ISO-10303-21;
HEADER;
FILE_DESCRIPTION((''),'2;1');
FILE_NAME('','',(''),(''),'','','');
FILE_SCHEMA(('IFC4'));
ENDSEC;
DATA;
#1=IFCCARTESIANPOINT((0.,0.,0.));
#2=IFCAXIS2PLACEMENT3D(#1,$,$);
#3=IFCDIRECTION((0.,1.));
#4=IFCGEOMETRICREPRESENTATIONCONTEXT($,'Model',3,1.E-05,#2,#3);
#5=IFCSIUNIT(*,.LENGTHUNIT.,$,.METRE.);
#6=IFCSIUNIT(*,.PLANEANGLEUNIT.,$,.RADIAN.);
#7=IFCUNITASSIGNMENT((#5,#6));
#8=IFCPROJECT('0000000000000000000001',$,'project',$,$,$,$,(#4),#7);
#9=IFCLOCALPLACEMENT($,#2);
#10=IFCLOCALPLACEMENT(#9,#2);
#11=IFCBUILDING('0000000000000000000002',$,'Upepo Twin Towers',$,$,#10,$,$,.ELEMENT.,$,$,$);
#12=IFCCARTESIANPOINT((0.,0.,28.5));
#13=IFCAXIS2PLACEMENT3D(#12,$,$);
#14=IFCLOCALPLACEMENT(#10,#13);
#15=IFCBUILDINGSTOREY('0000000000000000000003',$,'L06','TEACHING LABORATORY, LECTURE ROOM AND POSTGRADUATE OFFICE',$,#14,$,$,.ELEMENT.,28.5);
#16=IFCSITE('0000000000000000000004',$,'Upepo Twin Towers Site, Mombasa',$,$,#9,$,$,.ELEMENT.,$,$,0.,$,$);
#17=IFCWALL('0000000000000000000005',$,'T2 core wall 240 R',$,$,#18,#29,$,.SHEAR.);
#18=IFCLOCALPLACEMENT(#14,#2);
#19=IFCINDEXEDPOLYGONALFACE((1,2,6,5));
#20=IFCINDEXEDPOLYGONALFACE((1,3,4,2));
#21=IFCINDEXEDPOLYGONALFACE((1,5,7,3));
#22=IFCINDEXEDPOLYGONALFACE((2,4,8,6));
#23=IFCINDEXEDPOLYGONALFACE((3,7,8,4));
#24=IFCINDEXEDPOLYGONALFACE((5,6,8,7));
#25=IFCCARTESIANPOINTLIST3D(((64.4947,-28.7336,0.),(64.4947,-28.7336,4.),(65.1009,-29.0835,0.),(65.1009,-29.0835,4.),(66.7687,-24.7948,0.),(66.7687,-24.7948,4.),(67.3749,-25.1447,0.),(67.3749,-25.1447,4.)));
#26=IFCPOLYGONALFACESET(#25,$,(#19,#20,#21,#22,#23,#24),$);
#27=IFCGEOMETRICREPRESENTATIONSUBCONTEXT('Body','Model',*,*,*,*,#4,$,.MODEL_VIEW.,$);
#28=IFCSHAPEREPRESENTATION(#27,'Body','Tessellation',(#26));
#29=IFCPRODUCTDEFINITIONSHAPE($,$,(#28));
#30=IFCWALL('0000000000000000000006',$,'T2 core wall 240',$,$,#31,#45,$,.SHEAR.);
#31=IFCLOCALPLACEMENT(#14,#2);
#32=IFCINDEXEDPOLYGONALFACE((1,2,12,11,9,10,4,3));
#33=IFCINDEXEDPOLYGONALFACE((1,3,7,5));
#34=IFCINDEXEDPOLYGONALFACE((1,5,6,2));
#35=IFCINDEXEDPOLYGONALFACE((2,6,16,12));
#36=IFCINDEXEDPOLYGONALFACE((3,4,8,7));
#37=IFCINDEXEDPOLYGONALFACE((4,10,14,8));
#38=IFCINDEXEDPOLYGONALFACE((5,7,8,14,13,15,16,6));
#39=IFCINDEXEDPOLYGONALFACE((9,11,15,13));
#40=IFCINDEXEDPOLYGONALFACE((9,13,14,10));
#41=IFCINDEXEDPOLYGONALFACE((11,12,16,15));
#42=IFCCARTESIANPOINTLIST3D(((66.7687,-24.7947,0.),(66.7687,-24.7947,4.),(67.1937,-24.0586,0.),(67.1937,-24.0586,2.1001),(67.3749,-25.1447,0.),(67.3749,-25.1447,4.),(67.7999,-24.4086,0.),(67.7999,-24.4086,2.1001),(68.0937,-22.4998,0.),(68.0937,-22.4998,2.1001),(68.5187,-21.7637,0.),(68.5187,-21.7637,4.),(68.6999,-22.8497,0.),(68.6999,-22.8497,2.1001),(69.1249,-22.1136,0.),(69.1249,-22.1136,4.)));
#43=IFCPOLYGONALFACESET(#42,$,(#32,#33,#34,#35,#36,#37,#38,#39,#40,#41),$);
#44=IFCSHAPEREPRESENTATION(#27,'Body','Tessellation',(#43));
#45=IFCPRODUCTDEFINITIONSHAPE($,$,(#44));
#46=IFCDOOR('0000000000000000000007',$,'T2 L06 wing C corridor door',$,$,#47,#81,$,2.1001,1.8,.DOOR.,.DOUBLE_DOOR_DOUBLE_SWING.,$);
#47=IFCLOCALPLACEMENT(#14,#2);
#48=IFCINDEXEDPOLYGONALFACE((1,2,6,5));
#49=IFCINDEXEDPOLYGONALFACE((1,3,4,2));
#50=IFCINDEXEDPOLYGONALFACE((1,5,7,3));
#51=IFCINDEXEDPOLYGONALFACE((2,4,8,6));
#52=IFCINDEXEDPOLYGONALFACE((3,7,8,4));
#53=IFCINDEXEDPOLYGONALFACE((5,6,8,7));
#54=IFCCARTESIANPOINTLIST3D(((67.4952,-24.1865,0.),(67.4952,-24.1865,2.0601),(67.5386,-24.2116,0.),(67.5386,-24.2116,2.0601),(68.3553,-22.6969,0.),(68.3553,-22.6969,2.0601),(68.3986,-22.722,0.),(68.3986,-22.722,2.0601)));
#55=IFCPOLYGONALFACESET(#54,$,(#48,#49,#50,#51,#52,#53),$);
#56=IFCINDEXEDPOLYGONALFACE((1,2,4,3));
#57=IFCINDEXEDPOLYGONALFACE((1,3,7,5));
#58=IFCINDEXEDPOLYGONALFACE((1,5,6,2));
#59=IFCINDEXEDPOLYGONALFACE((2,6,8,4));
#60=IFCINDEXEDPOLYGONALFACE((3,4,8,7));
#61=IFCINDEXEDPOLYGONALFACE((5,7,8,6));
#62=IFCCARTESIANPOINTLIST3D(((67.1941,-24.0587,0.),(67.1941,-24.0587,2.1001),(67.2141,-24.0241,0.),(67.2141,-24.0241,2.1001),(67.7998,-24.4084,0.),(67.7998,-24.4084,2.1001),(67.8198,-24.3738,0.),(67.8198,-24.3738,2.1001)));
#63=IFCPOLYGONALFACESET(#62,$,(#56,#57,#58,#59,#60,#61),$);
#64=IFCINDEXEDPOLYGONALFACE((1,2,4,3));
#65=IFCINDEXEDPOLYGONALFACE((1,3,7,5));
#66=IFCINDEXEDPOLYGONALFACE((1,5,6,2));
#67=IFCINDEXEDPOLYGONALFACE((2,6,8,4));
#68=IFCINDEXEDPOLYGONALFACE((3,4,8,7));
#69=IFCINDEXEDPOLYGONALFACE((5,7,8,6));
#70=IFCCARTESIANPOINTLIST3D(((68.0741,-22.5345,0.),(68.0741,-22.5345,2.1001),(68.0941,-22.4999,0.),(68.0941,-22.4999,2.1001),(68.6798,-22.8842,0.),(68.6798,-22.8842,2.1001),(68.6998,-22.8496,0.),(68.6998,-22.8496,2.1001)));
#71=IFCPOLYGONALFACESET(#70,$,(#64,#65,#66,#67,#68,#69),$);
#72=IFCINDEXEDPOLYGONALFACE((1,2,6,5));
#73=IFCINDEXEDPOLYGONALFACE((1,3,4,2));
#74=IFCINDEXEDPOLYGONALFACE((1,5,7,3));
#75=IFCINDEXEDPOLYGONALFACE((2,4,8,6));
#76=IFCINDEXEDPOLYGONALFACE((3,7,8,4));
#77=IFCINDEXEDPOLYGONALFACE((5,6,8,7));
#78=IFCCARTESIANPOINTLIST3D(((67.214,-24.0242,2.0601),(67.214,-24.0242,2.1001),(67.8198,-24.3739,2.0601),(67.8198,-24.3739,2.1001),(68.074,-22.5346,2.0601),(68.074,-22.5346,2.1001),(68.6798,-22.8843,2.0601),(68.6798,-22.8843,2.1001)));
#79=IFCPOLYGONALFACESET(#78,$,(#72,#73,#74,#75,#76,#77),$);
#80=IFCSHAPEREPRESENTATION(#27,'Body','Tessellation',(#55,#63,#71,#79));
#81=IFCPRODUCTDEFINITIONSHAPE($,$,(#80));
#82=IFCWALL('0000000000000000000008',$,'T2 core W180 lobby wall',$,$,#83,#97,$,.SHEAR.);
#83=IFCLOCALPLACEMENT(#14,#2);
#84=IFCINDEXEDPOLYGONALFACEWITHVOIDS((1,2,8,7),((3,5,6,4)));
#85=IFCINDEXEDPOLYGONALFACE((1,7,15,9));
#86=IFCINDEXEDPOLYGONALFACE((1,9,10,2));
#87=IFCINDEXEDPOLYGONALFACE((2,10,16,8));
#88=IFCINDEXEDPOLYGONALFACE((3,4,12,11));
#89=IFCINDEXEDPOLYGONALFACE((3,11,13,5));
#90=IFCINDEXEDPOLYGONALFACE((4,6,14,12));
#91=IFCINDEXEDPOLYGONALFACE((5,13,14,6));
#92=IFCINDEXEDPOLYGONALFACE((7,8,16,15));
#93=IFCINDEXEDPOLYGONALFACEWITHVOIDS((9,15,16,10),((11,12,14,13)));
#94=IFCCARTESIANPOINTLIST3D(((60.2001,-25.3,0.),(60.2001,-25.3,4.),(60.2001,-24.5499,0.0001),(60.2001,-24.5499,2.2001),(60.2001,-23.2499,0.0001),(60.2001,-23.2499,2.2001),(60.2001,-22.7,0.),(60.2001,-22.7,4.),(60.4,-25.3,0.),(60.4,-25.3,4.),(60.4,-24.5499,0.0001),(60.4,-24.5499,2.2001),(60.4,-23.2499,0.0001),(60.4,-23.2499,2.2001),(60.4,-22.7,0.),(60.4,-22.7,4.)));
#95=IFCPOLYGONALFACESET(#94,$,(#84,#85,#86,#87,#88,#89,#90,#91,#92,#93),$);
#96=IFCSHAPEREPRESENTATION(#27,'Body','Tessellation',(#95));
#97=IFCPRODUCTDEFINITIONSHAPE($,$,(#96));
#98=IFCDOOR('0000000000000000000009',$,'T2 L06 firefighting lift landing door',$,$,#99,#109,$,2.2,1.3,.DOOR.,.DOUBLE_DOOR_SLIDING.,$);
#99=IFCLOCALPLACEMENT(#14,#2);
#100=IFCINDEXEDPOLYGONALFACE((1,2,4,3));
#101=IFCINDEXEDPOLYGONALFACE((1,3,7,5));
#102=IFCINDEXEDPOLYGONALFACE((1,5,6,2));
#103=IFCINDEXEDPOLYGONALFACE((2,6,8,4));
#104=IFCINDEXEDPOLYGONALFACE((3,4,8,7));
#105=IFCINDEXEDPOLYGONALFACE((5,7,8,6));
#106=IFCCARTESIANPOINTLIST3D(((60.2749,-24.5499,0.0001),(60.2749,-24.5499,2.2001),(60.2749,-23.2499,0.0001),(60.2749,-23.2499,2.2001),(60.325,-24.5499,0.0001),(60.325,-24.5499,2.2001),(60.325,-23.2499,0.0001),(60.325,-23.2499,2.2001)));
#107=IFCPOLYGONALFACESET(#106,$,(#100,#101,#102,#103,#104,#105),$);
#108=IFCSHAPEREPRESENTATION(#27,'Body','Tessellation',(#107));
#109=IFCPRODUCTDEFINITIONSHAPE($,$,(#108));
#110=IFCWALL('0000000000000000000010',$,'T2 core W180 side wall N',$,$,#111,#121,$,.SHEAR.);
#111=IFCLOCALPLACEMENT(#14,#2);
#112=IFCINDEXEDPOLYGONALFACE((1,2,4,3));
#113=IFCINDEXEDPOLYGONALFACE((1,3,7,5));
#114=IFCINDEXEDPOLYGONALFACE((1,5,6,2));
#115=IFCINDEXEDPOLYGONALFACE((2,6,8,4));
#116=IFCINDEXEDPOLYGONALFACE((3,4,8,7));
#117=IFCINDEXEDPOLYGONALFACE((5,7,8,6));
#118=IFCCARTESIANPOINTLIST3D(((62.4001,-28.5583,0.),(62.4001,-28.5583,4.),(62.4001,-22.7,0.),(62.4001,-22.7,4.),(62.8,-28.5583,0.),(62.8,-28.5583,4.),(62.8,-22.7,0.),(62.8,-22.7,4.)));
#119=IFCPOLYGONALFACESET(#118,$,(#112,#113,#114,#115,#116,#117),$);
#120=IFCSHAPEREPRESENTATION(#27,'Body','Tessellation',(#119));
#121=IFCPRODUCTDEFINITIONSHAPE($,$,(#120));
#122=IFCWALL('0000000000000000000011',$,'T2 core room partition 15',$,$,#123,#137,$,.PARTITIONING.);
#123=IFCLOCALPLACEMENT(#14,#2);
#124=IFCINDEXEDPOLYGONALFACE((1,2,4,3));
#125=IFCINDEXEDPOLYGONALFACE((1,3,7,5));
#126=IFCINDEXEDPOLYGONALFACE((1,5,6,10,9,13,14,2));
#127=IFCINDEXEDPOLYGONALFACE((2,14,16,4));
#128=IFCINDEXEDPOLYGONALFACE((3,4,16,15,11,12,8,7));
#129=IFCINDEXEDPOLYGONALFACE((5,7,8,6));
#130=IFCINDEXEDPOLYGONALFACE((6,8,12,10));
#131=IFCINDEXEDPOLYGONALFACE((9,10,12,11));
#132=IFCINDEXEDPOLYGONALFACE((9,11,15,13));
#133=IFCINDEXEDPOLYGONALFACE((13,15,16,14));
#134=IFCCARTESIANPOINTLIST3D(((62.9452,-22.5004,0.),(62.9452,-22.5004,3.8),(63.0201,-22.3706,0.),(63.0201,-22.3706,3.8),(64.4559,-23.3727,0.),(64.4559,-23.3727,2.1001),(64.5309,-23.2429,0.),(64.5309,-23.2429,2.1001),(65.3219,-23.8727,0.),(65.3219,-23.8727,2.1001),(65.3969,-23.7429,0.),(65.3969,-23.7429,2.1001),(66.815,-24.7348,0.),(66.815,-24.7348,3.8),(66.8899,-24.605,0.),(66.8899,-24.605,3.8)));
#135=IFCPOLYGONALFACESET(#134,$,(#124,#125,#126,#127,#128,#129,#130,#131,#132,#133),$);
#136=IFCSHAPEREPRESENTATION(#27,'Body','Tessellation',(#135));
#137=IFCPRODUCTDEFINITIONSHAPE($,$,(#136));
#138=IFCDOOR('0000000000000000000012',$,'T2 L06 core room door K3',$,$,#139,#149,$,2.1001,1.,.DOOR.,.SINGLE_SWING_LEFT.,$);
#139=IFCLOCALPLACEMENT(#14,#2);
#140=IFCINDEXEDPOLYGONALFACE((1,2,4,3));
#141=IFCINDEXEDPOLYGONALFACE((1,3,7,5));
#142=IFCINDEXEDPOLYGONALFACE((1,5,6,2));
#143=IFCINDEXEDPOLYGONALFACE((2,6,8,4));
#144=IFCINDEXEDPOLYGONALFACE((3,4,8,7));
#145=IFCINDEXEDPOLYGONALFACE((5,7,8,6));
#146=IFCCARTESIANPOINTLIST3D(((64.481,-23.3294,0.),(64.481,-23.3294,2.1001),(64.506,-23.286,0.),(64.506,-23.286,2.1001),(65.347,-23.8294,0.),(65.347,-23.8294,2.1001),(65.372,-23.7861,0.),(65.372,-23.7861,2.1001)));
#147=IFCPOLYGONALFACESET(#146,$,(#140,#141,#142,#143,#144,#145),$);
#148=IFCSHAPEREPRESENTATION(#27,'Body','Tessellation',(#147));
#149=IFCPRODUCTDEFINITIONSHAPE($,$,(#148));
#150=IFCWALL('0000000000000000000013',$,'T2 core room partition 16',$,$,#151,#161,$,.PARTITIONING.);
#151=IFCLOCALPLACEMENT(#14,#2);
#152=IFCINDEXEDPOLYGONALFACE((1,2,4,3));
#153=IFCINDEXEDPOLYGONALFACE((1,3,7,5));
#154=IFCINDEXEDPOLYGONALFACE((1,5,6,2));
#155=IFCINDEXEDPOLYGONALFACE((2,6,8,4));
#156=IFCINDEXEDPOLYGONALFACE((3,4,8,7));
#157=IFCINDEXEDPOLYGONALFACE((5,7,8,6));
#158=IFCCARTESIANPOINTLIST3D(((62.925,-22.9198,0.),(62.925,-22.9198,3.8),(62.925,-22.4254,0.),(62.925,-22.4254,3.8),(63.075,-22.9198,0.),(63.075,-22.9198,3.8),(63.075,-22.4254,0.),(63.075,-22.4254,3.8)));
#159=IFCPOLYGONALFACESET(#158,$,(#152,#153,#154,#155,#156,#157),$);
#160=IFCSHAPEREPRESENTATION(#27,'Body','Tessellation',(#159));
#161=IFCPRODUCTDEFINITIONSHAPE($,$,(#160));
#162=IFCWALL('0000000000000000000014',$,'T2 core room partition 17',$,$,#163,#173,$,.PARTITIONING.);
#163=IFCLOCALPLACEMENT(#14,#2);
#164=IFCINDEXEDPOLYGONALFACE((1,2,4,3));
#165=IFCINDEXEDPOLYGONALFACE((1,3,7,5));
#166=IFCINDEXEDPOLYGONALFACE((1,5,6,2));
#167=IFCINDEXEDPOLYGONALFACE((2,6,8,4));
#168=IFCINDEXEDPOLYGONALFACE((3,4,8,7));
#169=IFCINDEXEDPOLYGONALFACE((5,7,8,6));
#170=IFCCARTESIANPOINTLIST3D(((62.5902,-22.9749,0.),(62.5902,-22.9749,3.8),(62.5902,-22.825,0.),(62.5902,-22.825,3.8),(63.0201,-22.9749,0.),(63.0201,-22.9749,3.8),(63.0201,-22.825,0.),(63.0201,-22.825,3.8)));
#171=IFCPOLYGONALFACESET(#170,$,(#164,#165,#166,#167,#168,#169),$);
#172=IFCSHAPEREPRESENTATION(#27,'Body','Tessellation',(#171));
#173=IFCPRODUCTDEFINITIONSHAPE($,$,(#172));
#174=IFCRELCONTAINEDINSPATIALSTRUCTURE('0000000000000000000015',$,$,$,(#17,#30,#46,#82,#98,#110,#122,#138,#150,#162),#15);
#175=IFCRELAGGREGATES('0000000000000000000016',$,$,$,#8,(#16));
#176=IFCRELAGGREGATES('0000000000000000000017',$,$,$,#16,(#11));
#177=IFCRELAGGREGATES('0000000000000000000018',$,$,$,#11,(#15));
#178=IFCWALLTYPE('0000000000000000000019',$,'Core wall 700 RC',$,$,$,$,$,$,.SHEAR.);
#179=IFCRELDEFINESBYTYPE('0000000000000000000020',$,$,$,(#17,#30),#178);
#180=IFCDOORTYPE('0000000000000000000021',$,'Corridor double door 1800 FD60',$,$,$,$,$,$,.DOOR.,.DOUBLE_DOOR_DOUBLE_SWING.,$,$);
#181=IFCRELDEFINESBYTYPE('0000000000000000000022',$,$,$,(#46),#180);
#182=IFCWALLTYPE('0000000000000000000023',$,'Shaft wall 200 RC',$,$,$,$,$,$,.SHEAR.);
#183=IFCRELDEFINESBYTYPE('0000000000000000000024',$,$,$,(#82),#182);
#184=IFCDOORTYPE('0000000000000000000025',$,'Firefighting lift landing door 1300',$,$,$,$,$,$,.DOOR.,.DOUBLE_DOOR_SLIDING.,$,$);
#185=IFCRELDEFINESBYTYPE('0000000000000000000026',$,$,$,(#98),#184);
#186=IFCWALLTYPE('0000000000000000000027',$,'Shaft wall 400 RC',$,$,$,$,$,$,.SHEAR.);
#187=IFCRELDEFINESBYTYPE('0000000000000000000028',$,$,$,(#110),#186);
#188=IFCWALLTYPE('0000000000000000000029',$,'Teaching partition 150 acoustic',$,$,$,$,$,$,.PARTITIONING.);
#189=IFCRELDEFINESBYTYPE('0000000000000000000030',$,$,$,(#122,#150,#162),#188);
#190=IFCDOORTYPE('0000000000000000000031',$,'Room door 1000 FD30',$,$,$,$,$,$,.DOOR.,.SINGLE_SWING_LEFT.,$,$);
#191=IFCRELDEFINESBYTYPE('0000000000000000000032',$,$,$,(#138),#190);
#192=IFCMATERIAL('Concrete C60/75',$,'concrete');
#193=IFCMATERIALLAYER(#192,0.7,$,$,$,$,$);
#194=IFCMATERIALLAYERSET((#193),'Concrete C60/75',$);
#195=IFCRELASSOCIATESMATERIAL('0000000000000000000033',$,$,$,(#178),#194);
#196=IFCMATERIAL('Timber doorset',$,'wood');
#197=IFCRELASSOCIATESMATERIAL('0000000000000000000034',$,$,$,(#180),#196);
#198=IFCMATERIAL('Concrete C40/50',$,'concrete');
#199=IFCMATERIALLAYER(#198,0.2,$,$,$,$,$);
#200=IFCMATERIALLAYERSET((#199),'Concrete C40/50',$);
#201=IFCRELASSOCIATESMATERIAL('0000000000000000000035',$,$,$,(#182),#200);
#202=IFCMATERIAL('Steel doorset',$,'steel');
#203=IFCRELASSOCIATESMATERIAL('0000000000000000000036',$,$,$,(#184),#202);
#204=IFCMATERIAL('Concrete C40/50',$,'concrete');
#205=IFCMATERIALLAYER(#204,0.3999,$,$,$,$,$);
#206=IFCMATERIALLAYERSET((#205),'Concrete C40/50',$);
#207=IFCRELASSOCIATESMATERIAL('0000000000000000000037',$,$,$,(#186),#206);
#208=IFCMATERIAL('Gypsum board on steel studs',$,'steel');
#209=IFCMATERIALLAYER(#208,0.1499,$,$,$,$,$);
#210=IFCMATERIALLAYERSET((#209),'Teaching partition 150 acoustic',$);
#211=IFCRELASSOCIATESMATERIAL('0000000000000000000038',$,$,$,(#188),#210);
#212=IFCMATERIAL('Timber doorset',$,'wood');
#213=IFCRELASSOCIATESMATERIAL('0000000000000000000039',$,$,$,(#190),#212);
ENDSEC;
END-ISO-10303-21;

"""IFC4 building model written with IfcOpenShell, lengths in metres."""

from ifc_helpers import new_model, si_unit, direction, frame, frame_2d, origin, place, context, subcontext, project, spatial, rectangle, extrude, material, layer, layer_set, type_object, element, fill, save


model = new_model("IFC4")

# Units and contexts
model_context = context("Model", 3, precision=1e-05, world=origin(), true_north=direction((0.0, 1.0)))
body_context = subcontext(model_context, "Body", "Model", "MODEL_VIEW")
ifc_project = project(units=[si_unit("LENGTHUNIT", "METRE"), si_unit("PLANEANGLEUNIT", "RADIAN")], contexts=[model_context])

# Site, building, storey
site_placement = place(None, origin())
site = spatial("IfcSite", under=ifc_project, at=site_placement, Name="Upepo Twin Towers Site, Mombasa", CompositionType="ELEMENT", RefElevation=0.0)
building_placement = place(site_placement, origin())
building = spatial("IfcBuilding", under=site, at=building_placement, Name="Upepo Twin Towers", CompositionType="ELEMENT")
storey_placement = place(building_placement, frame((0.0, 0.0, 28.5)))
storey = spatial("IfcBuildingStorey", under=building, at=storey_placement, Name="L06", Description="TEACHING LABORATORY, LECTURE ROOM AND POSTGRADUATE OFFICE", CompositionType="ELEMENT", Elevation=28.5)

# Wall
ifc_material_1 = material(Name="Concrete C60/75", Category="concrete")
ifc_layer_1 = layer(ifc_material_1, 0.7)
ifc_layer_set_1 = layer_set([ifc_layer_1], Name="Concrete C60/75")
wall_type_1 = type_object("IfcWallType", Name="Core wall 700 RC", PredefinedType="SHEAR", material=ifc_layer_set_1)
wall_1_placement = place(storey_placement, frame((64.7979, -28.9084, 0.0), z_axis=(0.0, 0.0, 1.0), x_axis=(0.499984, 0.866035, 0.0)))
element("IfcWall", 1, at=wall_1_placement, inside=storey, type_object=wall_type_1, Name="T2 core wall 240 R", PredefinedType="SHEAR", context=body_context, shape_type="SweptSolid", body=[
    extrude(rectangle(XDim=4.5481, YDim=0.7, at=frame_2d((2.2739, 0.0))), origin(), (0.0, 0.0, 1.0), 4.0),
])

# Walls, openings, doors
wall_2_placement = place(storey_placement, frame((67.0718, -24.9697, 0.0), z_axis=(0.0, 0.0, 1.0), x_axis=(0.50001, 0.866019, 0.0)))
wall_2 = element("IfcWall", 2, at=wall_2_placement, inside=storey, type_object=wall_type_1, Name="T2 core wall 240", PredefinedType="SHEAR", context=body_context, shape_type="SweptSolid", body=[
    extrude(rectangle(XDim=3.5, YDim=0.7, at=frame_2d((1.75, 0.0))), origin(), (0.0, 0.0, 1.0), 4.0),
])
opening_1_placement = place(wall_2_placement, frame((0.8501, 0.0, 0.0)))
opening_1 = element("IfcOpeningElement", 3, at=opening_1_placement, cuts=wall_2, PredefinedType="OPENING", context=body_context, shape_type="SweptSolid", body=[
    extrude(rectangle(XDim=1.8, YDim=2.1001, at=frame_2d((0.8999, 1.05))), frame((0.0, 0.3599, 0.0), z_axis=(0.0, -1.0, 0.0), x_axis=(1.0, 0.0, 0.0)), (0.0, 0.0, 1.0), 0.72),
])
ifc_material_2 = material(Name="Timber doorset", Category="wood")
door_type_1 = type_object("IfcDoorType", Name="Corridor double door 1800 FD60", OperationType="DOUBLE_DOOR_DOUBLE_SWING", PredefinedType="DOOR", material=ifc_material_2)
door_1_placement = place(opening_1_placement, origin())
door_1 = element("IfcDoor", 4, at=door_1_placement, inside=storey, type_object=door_type_1, Name="T2 L06 wing C corridor door", OperationType="DOUBLE_DOOR_DOUBLE_SWING", OverallHeight=2.1001, OverallWidth=1.8, PredefinedType="DOOR", context=body_context, shape_type="SweptSolid", body=[
    extrude(rectangle(XDim=1.72, YDim=2.0601, at=frame_2d((0.8999, 1.03))), frame((0.0, 0.0249, 0.0), z_axis=(0.0, -1.0, 0.0), x_axis=(1.0, 0.0, 0.0)), (0.0, 0.0, 1.0), 0.05),
    extrude(rectangle(XDim=0.04, YDim=2.1001, at=frame_2d((0.02, 1.05))), frame((0.0, 0.3496, 0.0), z_axis=(0.0, -1.0, 0.0), x_axis=(1.0, 0.0, 0.0)), (0.0, 0.0, 1.0), 0.6995),
    extrude(rectangle(XDim=0.04, YDim=2.1001, at=frame_2d((1.78, 1.05))), frame((0.0, 0.3496, 0.0), z_axis=(0.0, -1.0, 0.0), x_axis=(1.0, 0.0, 0.0)), (0.0, 0.0, 1.0), 0.6995),
    extrude(rectangle(XDim=1.72, YDim=0.04, at=frame_2d((0.8999, 2.0801))), frame((0.0, 0.3496, 0.0), z_axis=(0.0, -1.0, 0.0), x_axis=(1.0, 0.0, 0.0)), (0.0, 0.0, 1.0), 0.6995),
])
fill(opening_1, door_1)
ifc_material_3 = material(Name="Concrete C40/50", Category="concrete")
ifc_layer_2 = layer(ifc_material_3, 0.2)
ifc_layer_set_2 = layer_set([ifc_layer_2], Name="Concrete C40/50")
wall_type_2 = type_object("IfcWallType", Name="Shaft wall 200 RC", PredefinedType="SHEAR", material=ifc_layer_set_2)
wall_3_placement = place(storey_placement, frame((60.3, -22.7, 0.0), z_axis=(0.0, 0.0, 1.0), x_axis=(0.0, -1.0, 0.0)))
wall_3 = element("IfcWall", 5, at=wall_3_placement, inside=storey, type_object=wall_type_2, Name="T2 core W180 lobby wall", PredefinedType="SHEAR", context=body_context, shape_type="SweptSolid", body=[
    extrude(rectangle(XDim=2.6001, YDim=0.2, at=frame_2d((1.3, 0.0))), origin(), (0.0, 0.0, 1.0), 4.0),
])
opening_2_placement = place(wall_3_placement, frame((0.55, 0.0, 0.0)))
opening_2 = element("IfcOpeningElement", 6, at=opening_2_placement, cuts=wall_3, PredefinedType="OPENING", context=body_context, shape_type="SweptSolid", body=[
    extrude(rectangle(XDim=1.3, YDim=2.2, at=frame_2d((0.6499, 1.1001))), frame((0.0, 0.1099, 0.0), z_axis=(0.0, -1.0, 0.0), x_axis=(1.0, 0.0, 0.0)), (0.0, 0.0, 1.0), 0.22),
])
ifc_material_4 = material(Name="Steel doorset", Category="steel")
door_type_2 = type_object("IfcDoorType", Name="Firefighting lift landing door 1300", OperationType="DOUBLE_DOOR_SLIDING", PredefinedType="DOOR", material=ifc_material_4)
door_2_placement = place(opening_2_placement, origin())
door_2 = element("IfcDoor", 7, at=door_2_placement, inside=storey, type_object=door_type_2, Name="T2 L06 firefighting lift landing door", OperationType="DOUBLE_DOOR_SLIDING", OverallHeight=2.2, OverallWidth=1.3, PredefinedType="DOOR", context=body_context, shape_type="SweptSolid", body=[
    extrude(rectangle(XDim=1.3, YDim=2.2, at=frame_2d((0.6499, 1.1001))), frame((0.0, 0.0249, 0.0), z_axis=(0.0, -1.0, 0.0), x_axis=(1.0, 0.0, 0.0)), (0.0, 0.0, 1.0), 0.05),
])
fill(opening_2, door_2)

# Wall
ifc_material_5 = material(Name="Concrete C40/50", Category="concrete")
ifc_layer_3 = layer(ifc_material_5, 0.3999)
ifc_layer_set_3 = layer_set([ifc_layer_3], Name="Concrete C40/50")
wall_type_3 = type_object("IfcWallType", Name="Shaft wall 400 RC", PredefinedType="SHEAR", material=ifc_layer_set_3)
wall_4_placement = place(storey_placement, frame((62.6001, -22.7, 0.0), z_axis=(0.0, 0.0, 1.0), x_axis=(0.0, -1.0, 0.0)))
element("IfcWall", 8, at=wall_4_placement, inside=storey, type_object=wall_type_3, Name="T2 core W180 side wall N", PredefinedType="SHEAR", context=body_context, shape_type="SweptSolid", body=[
    extrude(rectangle(XDim=5.8584, YDim=0.3999, at=frame_2d((2.9292, 0.0))), origin(), (0.0, 0.0, 1.0), 4.0),
])

# Wall, opening, door
ifc_material_6 = material(Name="Gypsum board on steel studs", Category="steel")
ifc_layer_4 = layer(ifc_material_6, 0.1499)
ifc_layer_set_4 = layer_set([ifc_layer_4], Name="Teaching partition 150 acoustic")
wall_type_4 = type_object("IfcWallType", Name="Teaching partition 150 acoustic", PredefinedType="PARTITIONING", material=ifc_layer_set_4)
wall_5_placement = place(storey_placement, frame((66.8525, -24.6699, 0.0), z_axis=(0.0, 0.0, 1.0), x_axis=(-0.866015, 0.500017, 0.0)))
wall_5 = element("IfcWall", 9, at=wall_5_placement, inside=storey, type_object=wall_type_4, Name="T2 core room partition 15", PredefinedType="PARTITIONING", context=body_context, shape_type="SweptSolid", body=[
    extrude(rectangle(XDim=4.4685, YDim=0.1499, at=frame_2d((2.2344, 0.0))), origin(), (0.0, 0.0, 1.0), 3.8),
])
opening_3_placement = place(wall_5_placement, frame((1.7241, 0.0, 0.0)))
opening_3 = element("IfcOpeningElement", 10, at=opening_3_placement, cuts=wall_5, PredefinedType="OPENING", context=body_context, shape_type="SweptSolid", body=[
    extrude(rectangle(XDim=1.0, YDim=2.1001, at=frame_2d((0.5, 1.05))), frame((0.0, 0.085, 0.0), z_axis=(0.0, -1.0, 0.0), x_axis=(1.0, 0.0, 0.0)), (0.0, 0.0, 1.0), 0.1699),
])
ifc_material_7 = material(Name="Timber doorset", Category="wood")
door_type_3 = type_object("IfcDoorType", Name="Room door 1000 FD30", OperationType="SINGLE_SWING_LEFT", PredefinedType="DOOR", material=ifc_material_7)
door_3_placement = place(opening_3_placement, origin())
door_3 = element("IfcDoor", 11, at=door_3_placement, inside=storey, type_object=door_type_3, Name="T2 L06 core room door K3", OperationType="SINGLE_SWING_LEFT", OverallHeight=2.1001, OverallWidth=1.0, PredefinedType="DOOR", context=body_context, shape_type="SweptSolid", body=[
    extrude(rectangle(XDim=1.0, YDim=2.1001, at=frame_2d((0.5, 1.05))), frame((0.0, 0.0249, 0.0), z_axis=(0.0, -1.0, 0.0), x_axis=(1.0, 0.0, 0.0)), (0.0, 0.0, 1.0), 0.05),
])
fill(opening_3, door_3)

# Walls
wall_6_placement = place(storey_placement, frame((63.0, -22.4255, 0.0), z_axis=(0.0, 0.0, 1.0), x_axis=(0.0, -1.0, 0.0)))
element("IfcWall", 12, at=wall_6_placement, inside=storey, type_object=wall_type_4, Name="T2 core room partition 16", PredefinedType="PARTITIONING", context=body_context, shape_type="SweptSolid", body=[
    extrude(rectangle(XDim=0.4944, YDim=0.1499, at=frame_2d((0.2471, 0.0))), origin(), (0.0, 0.0, 1.0), 3.8),
])
wall_7_placement = place(storey_placement, frame((63.02, -22.8999, 0.0), z_axis=(0.0, 0.0, 1.0), x_axis=(-1.0, 0.0, 0.0)))
element("IfcWall", 13, at=wall_7_placement, inside=storey, type_object=wall_type_4, Name="T2 core room partition 17", PredefinedType="PARTITIONING", context=body_context, shape_type="SweptSolid", body=[
    extrude(rectangle(XDim=0.4299, YDim=0.1499, at=frame_2d((0.2148, 0.0))), origin(), (0.0, 0.0, 1.0), 3.8),
])

save(model, "model.ifc")
